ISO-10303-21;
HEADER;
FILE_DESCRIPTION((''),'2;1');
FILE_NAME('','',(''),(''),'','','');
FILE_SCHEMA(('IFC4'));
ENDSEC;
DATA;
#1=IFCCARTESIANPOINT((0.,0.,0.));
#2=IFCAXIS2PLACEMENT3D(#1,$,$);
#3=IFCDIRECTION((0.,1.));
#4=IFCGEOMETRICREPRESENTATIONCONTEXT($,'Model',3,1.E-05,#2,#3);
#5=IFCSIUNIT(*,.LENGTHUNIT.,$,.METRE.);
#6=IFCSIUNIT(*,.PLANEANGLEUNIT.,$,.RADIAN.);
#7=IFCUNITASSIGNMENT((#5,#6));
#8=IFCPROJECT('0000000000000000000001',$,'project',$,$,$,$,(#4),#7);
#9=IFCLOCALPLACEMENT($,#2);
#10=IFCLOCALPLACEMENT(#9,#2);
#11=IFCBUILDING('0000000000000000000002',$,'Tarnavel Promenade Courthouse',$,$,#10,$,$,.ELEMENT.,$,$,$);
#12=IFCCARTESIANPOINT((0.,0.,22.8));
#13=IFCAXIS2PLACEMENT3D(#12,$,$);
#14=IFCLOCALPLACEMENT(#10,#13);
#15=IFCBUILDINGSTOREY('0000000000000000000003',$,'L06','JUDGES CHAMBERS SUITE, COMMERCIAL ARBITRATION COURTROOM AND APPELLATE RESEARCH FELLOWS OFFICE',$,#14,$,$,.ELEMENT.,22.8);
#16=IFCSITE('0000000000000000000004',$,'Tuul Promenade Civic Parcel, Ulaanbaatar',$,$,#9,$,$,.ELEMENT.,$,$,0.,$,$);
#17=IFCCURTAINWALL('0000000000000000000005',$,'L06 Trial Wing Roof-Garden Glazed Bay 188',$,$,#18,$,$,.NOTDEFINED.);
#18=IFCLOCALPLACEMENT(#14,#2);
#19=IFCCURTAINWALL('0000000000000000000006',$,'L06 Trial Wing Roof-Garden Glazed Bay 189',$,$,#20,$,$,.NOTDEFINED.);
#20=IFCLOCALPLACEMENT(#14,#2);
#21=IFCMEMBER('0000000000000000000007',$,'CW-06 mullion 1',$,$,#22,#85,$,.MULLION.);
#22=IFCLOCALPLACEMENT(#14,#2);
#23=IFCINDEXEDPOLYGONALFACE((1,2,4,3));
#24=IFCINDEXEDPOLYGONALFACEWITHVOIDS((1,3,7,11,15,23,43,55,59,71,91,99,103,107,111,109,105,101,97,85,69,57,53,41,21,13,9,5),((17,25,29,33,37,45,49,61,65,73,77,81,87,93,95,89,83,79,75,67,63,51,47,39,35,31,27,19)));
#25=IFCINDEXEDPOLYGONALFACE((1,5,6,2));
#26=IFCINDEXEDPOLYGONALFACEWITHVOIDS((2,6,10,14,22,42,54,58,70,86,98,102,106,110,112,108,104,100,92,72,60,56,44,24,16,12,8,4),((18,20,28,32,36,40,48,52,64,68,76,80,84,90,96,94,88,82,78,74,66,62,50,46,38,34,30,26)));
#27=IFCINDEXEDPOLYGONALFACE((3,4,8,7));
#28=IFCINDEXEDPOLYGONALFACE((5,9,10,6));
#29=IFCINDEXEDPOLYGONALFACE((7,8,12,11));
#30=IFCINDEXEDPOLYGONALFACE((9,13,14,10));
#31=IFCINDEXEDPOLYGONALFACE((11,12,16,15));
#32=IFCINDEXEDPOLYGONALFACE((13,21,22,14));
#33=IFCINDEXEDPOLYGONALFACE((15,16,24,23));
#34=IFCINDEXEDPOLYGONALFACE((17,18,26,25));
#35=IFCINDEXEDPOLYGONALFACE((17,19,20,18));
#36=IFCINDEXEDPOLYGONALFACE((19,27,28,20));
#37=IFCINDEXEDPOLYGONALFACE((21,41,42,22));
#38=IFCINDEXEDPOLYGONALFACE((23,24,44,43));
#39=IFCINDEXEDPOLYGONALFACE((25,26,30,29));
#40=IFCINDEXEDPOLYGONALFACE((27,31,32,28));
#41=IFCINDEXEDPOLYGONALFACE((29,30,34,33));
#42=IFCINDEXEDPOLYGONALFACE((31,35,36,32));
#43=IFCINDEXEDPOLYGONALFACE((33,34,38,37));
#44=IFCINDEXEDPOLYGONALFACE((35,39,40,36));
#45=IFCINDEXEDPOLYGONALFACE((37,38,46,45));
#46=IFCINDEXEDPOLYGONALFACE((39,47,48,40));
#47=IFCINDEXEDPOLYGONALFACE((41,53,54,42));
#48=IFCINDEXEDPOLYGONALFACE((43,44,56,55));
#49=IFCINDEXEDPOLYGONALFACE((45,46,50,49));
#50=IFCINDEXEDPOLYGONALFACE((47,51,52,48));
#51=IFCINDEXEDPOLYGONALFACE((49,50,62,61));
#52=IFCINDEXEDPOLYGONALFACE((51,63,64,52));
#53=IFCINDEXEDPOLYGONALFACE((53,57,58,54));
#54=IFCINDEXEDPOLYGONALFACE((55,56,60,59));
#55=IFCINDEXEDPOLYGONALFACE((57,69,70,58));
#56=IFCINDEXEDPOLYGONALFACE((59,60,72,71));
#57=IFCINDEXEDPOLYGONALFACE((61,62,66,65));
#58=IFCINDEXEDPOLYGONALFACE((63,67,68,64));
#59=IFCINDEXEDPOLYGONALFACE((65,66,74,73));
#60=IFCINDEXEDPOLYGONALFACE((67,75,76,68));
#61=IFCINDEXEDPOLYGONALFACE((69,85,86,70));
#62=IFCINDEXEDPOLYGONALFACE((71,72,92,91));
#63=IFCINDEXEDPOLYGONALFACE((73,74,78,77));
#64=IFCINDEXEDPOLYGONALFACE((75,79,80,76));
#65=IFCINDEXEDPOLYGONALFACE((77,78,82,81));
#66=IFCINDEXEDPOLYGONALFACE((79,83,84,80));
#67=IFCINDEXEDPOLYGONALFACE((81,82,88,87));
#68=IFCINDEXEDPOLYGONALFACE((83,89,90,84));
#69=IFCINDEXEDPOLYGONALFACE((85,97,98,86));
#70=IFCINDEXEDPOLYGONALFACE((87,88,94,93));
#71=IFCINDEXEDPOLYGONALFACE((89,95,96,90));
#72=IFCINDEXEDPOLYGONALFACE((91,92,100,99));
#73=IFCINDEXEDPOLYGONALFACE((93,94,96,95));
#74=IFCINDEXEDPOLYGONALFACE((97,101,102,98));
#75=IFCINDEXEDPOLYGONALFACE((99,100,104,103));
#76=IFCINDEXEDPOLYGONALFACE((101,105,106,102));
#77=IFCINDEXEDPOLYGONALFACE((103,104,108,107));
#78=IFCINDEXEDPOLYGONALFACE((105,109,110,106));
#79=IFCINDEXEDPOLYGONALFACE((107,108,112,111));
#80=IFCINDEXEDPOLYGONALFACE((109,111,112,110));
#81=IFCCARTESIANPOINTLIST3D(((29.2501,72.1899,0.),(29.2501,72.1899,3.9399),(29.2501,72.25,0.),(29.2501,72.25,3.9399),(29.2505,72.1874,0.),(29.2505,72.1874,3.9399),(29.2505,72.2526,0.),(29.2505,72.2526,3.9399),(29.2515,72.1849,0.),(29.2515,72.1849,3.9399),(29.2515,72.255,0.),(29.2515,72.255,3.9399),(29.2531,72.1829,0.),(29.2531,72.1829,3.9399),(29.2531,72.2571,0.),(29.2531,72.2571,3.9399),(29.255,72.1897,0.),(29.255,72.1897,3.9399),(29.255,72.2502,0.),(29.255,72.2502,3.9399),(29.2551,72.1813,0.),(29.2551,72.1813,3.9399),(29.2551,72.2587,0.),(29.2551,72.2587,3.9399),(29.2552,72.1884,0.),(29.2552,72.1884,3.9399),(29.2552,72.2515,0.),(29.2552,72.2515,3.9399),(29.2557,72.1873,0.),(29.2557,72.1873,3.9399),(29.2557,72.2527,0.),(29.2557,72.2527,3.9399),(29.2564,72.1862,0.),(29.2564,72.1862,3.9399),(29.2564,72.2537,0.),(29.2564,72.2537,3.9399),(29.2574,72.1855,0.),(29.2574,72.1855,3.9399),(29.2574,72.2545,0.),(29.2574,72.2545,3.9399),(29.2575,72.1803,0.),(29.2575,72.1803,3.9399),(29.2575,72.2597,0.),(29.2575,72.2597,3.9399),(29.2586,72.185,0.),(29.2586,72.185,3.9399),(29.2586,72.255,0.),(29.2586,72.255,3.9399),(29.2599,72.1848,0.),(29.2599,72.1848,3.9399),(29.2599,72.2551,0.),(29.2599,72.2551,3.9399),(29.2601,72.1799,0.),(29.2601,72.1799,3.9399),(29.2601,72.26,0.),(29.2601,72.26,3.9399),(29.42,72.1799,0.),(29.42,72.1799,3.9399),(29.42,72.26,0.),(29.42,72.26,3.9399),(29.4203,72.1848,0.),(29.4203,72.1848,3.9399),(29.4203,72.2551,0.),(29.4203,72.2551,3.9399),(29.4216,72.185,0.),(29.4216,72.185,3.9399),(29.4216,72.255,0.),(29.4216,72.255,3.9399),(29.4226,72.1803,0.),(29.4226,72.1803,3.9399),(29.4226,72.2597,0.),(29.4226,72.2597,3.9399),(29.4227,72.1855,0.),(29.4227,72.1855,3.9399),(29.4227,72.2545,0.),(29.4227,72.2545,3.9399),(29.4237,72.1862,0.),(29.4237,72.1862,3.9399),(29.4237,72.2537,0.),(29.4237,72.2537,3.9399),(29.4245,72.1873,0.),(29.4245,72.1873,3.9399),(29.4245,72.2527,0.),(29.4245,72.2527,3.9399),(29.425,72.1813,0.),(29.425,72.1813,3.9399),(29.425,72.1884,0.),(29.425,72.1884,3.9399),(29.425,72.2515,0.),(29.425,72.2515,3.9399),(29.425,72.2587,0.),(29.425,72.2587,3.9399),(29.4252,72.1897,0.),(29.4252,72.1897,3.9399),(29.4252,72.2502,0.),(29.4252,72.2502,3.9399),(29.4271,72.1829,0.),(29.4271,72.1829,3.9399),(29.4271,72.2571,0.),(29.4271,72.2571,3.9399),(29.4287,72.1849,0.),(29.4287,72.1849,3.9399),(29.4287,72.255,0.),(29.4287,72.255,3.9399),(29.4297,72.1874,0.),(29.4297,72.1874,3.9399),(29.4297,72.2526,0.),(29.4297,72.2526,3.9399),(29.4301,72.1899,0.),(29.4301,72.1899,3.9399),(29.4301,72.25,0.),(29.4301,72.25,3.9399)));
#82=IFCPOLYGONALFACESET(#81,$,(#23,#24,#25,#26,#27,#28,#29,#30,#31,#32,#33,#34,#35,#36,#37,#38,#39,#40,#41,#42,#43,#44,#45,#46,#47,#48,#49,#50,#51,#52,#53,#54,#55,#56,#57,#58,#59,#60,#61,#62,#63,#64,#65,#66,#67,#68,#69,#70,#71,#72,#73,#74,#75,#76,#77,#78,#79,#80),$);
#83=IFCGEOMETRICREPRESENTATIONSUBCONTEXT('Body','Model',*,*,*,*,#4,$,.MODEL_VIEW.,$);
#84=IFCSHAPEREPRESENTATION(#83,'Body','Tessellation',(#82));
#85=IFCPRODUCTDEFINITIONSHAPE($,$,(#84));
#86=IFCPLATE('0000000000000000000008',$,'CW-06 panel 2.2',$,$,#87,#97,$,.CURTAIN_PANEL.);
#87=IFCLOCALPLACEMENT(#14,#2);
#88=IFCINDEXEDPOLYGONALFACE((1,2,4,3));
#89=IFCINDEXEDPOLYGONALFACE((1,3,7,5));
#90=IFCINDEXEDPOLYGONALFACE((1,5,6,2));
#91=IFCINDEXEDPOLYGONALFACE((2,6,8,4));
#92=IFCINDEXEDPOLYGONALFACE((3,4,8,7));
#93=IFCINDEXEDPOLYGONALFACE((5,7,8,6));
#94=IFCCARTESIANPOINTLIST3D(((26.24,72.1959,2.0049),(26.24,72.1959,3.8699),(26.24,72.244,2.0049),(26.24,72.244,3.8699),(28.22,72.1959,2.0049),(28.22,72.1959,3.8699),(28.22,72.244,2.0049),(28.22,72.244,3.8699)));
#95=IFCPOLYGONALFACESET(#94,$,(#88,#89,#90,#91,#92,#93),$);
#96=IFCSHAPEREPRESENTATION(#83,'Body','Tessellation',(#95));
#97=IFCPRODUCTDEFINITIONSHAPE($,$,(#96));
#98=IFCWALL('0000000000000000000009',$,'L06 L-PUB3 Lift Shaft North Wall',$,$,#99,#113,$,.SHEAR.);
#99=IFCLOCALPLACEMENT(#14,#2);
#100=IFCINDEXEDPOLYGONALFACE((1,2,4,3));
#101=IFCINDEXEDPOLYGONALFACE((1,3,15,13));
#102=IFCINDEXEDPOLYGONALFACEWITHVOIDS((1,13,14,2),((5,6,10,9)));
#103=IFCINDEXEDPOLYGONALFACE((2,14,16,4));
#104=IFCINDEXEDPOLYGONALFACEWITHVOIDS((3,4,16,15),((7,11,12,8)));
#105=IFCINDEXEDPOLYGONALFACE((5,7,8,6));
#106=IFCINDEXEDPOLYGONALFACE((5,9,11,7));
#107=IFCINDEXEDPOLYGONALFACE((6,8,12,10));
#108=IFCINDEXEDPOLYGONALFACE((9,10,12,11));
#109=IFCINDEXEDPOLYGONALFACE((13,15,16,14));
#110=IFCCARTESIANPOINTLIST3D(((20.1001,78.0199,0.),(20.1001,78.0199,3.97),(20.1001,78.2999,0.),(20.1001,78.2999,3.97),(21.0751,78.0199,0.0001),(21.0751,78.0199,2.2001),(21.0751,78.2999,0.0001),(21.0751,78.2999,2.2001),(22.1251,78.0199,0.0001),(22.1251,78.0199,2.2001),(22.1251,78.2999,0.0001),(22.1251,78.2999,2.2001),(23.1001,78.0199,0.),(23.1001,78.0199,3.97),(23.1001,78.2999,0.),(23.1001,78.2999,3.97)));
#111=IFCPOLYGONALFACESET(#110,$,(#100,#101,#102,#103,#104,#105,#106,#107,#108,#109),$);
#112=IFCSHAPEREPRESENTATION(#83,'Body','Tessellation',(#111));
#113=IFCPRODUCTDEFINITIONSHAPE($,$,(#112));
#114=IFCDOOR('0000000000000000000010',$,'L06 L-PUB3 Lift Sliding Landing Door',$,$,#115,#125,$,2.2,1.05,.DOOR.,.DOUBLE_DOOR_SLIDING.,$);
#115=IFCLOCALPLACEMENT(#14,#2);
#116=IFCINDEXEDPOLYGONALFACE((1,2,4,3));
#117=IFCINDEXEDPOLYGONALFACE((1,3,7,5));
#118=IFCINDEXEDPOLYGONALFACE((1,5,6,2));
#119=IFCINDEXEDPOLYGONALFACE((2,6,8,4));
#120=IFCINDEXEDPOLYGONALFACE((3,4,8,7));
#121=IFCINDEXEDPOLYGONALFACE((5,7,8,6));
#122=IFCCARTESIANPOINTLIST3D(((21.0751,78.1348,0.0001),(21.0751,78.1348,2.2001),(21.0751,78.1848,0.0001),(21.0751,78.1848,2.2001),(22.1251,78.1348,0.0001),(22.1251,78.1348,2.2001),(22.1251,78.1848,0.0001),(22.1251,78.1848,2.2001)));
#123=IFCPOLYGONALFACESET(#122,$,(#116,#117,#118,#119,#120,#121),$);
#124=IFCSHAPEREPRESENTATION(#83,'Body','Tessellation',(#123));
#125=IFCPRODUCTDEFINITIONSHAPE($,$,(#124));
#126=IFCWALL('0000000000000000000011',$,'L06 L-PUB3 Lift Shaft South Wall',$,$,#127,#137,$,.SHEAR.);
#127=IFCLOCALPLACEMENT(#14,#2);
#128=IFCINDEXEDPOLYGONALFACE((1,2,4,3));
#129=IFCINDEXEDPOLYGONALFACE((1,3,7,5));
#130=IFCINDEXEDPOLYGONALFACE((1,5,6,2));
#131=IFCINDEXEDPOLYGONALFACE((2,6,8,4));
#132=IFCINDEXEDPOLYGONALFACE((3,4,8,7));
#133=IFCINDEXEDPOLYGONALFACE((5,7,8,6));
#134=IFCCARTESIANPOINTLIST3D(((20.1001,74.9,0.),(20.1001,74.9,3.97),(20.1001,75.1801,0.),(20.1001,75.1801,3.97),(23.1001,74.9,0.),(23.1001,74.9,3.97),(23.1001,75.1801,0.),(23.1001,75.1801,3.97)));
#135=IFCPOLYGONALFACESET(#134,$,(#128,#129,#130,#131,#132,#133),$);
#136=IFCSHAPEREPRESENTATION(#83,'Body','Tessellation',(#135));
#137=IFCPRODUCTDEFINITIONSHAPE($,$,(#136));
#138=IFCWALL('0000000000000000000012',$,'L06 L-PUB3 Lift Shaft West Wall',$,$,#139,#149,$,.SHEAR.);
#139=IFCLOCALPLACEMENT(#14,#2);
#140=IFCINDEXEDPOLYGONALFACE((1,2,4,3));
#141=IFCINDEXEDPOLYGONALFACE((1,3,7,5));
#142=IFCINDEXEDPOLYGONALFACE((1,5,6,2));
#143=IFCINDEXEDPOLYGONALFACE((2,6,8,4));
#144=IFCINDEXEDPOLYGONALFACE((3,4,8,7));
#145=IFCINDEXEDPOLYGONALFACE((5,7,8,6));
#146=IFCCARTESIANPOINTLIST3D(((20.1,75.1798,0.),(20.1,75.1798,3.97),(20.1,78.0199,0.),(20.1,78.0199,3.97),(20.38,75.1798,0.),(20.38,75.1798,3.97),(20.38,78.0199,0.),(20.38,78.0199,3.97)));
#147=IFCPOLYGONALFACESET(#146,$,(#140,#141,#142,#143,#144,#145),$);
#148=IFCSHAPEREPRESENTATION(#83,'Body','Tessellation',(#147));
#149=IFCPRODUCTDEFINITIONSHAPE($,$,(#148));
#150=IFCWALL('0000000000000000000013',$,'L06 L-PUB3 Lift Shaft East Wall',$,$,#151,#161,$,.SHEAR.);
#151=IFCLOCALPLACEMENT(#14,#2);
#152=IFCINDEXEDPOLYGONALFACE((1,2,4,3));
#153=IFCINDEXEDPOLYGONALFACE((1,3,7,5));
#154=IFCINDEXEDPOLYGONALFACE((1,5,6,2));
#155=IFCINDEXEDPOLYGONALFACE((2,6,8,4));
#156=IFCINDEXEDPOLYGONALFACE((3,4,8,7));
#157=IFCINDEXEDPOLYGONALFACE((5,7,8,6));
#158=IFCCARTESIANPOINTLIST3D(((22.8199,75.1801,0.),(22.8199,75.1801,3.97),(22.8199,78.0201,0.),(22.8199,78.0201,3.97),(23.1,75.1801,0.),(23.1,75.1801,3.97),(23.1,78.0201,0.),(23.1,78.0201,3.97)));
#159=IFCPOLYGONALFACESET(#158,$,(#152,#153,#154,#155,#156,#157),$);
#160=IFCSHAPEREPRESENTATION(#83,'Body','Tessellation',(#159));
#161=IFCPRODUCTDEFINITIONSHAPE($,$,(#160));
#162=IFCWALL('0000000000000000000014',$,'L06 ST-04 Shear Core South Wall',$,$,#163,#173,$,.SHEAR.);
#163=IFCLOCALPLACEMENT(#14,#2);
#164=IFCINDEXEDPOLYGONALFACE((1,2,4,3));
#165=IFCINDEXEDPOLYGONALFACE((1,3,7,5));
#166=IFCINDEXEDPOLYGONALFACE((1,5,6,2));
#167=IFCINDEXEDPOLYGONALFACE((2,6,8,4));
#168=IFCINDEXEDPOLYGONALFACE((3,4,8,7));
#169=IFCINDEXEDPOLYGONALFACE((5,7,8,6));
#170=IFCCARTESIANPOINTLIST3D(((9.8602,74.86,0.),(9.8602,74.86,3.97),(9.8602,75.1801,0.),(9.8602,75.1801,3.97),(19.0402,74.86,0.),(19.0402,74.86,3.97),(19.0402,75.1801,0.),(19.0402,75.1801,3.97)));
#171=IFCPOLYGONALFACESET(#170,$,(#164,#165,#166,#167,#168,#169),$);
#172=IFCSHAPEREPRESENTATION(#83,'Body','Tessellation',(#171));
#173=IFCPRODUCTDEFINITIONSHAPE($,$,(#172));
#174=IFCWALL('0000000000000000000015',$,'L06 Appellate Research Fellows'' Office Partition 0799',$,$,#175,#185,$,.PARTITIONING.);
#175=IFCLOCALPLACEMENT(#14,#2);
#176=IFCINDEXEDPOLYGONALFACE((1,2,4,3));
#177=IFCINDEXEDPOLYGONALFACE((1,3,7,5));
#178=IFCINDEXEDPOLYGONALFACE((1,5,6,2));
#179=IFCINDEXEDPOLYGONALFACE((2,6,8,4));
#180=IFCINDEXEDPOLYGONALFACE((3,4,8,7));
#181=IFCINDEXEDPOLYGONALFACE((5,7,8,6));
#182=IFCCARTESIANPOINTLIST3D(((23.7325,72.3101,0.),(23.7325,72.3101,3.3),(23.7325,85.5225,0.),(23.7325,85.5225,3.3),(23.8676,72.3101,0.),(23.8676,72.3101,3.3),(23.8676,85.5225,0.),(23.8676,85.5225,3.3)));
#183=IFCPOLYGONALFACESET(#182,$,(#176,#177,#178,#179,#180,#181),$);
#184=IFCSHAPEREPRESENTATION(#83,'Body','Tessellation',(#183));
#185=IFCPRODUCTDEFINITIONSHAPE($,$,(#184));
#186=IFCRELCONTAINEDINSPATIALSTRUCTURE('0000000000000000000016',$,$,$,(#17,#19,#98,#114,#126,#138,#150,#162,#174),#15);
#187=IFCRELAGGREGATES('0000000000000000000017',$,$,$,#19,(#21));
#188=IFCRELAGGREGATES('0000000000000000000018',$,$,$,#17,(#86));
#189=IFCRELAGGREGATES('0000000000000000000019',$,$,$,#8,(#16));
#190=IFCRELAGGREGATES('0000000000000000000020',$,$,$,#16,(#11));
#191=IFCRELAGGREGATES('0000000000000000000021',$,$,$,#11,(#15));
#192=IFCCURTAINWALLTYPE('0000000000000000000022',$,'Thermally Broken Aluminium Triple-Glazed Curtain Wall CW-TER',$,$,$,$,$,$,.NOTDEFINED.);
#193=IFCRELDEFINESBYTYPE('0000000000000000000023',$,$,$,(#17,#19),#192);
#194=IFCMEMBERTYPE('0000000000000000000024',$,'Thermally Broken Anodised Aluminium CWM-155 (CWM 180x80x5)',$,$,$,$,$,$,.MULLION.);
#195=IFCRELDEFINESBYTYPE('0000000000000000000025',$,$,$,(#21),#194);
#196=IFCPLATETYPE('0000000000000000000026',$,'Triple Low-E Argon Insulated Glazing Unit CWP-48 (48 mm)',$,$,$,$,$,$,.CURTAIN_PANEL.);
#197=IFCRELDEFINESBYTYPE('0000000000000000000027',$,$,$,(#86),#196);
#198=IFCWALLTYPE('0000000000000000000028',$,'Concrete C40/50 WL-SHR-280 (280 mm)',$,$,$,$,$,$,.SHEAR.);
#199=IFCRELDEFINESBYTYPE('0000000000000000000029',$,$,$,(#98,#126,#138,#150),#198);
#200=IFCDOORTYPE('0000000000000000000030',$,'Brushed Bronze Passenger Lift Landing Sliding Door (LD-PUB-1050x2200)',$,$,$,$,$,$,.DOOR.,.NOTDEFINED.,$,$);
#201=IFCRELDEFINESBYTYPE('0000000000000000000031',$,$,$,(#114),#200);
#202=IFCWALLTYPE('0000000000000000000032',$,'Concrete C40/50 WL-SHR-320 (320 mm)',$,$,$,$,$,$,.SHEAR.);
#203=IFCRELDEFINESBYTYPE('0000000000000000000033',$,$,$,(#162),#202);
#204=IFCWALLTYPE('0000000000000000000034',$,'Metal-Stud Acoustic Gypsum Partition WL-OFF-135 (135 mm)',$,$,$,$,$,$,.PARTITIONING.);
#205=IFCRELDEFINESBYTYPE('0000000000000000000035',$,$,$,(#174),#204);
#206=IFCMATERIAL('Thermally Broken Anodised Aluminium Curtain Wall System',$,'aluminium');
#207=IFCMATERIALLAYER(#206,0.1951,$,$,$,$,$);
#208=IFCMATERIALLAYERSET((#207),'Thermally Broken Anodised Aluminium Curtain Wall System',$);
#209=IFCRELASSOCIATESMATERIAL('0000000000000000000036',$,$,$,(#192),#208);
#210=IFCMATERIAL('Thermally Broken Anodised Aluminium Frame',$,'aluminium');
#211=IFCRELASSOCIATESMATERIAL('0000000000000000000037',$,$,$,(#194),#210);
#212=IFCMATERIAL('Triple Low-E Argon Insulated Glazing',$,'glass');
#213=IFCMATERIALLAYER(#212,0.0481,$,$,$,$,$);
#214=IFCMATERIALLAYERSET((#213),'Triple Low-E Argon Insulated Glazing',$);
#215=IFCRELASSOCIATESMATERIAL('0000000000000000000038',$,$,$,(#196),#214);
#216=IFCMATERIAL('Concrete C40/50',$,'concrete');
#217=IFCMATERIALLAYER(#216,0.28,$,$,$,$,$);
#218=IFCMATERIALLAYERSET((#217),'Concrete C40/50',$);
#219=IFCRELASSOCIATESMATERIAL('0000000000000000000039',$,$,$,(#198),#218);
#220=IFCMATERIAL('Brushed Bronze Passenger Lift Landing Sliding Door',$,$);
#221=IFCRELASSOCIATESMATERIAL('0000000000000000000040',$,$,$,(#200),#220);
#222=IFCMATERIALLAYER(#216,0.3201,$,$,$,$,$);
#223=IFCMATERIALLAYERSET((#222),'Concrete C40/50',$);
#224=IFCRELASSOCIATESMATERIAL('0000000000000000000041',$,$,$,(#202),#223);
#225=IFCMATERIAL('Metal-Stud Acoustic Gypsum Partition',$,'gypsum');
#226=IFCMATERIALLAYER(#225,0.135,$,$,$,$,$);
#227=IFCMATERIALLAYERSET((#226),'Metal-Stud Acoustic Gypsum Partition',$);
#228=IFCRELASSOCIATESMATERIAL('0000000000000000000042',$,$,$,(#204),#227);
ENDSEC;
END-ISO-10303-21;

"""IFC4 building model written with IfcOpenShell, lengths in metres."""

from ifc_helpers import new_model, si_unit, direction, frame, frame_2d, origin, origin_2d, place, context, subcontext, project, spatial, rectangle, hollow_rectangle, extrude, material, layer, layer_set, material_profile, profile_set, type_object, element, fill, aggregate, save


model = new_model("IFC4")

# Units and contexts
model_context = context("Model", 3, precision=1e-05, world=origin(), true_north=direction((0.0, 1.0)))
body_context = subcontext(model_context, "Body", "Model", "MODEL_VIEW")
ifc_project = project(units=[si_unit("LENGTHUNIT", "METRE"), si_unit("PLANEANGLEUNIT", "RADIAN")], contexts=[model_context])

# Site, building, storey
site_placement = place(None, origin())
site = spatial("IfcSite", under=ifc_project, at=site_placement, Name="Tuul Promenade Civic Parcel, Ulaanbaatar", CompositionType="ELEMENT", RefElevation=0.0)
building_placement = place(site_placement, origin())
building = spatial("IfcBuilding", under=site, at=building_placement, Name="Tarnavel Promenade Courthouse", CompositionType="ELEMENT")
storey_placement = place(building_placement, frame((0.0, 0.0, 22.8)))
storey = spatial("IfcBuildingStorey", under=building, at=storey_placement, Name="L06", Description="JUDGES CHAMBERS SUITE, COMMERCIAL ARBITRATION COURTROOM AND APPELLATE RESEARCH FELLOWS OFFICE", CompositionType="ELEMENT", Elevation=22.8)

# Shared definitions
ifc_material_1 = material(Name="Concrete C40/50", Category="concrete")

# Curtain walls, member
ifc_material_2 = material(Name="Thermally Broken Anodised Aluminium Curtain Wall System", Category="aluminium")
ifc_layer_1 = layer(ifc_material_2, 0.1951)
ifc_layer_set_1 = layer_set([ifc_layer_1], Name="Thermally Broken Anodised Aluminium Curtain Wall System")
curtain_wall_type = type_object("IfcCurtainWallType", Name="Thermally Broken Aluminium Triple-Glazed Curtain Wall CW-TER", PredefinedType="NOTDEFINED", material=ifc_layer_set_1)
curtain_wall_1_placement = place(storey_placement, origin())
curtain_wall_1 = element("IfcCurtainWall", 1, at=curtain_wall_1_placement, inside=storey, type_object=curtain_wall_type, Name="L06 Trial Wing Roof-Garden Glazed Bay 188", PredefinedType="NOTDEFINED")
ifc_material_3 = material(Name="Thermally Broken Anodised Aluminium Frame", Category="aluminium")
ifc_material_profile_1 = material_profile(ifc_material_3, hollow_rectangle(XDim=0.0801, YDim=0.1799, WallThickness=0.0049, InnerFilletRadius=0.0049, OuterFilletRadius=0.01, at=origin_2d()), Name="CWM 180x80x5")
ifc_profile_set_1 = profile_set([ifc_material_profile_1], Name="Thermally Broken Anodised Aluminium Frame")
member_type_1 = type_object("IfcMemberType", Name="Thermally Broken Anodised Aluminium CWM-155 (CWM 180x80x5)", PredefinedType="MULLION", material=ifc_profile_set_1)
curtain_wall_2_placement = place(storey_placement, origin())
curtain_wall_2 = element("IfcCurtainWall", 2, at=curtain_wall_2_placement, inside=storey, type_object=curtain_wall_type, Name="L06 Trial Wing Roof-Garden Glazed Bay 189", PredefinedType="NOTDEFINED")
member_1_placement = place(storey_placement, frame((29.3401, 72.22, 0.0), z_axis=(0.0, 0.0, 1.0), x_axis=(0.0, 1.0, 0.0)))
member_1 = element("IfcMember", 3, at=member_1_placement, type_object=member_type_1, Name="CW-06 mullion 1", PredefinedType="MULLION", context=body_context, shape_type="SweptSolid", body=[
    extrude(hollow_rectangle(XDim=0.0801, YDim=0.1799, WallThickness=0.0049, InnerFilletRadius=0.0049, OuterFilletRadius=0.01, at=origin_2d()), origin(), (0.0, 0.0, 1.0), 3.9399),
])
aggregate(curtain_wall_2, [member_1])

# Plate
ifc_material_4 = material(Name="Triple Low-E Argon Insulated Glazing", Category="glass")
ifc_layer_2 = layer(ifc_material_4, 0.0481)
ifc_layer_set_2 = layer_set([ifc_layer_2], Name="Triple Low-E Argon Insulated Glazing")
plate_type = type_object("IfcPlateType", Name="Triple Low-E Argon Insulated Glazing Unit CWP-48 (48 mm)", PredefinedType="CURTAIN_PANEL", material=ifc_layer_set_2)
plate_placement = place(storey_placement, frame((27.23, 72.22, 2.0049), z_axis=(0.0, 0.0, 1.0), x_axis=(1.0, 0.0, 0.0)))
plate = element("IfcPlate", 4, at=plate_placement, type_object=plate_type, Name="CW-06 panel 2.2", PredefinedType="CURTAIN_PANEL", context=body_context, shape_type="SweptSolid", body=[
    extrude(rectangle(XDim=1.98, YDim=0.0481, at=origin_2d()), origin(), (0.0, 0.0, 1.0), 1.865),
])
aggregate(curtain_wall_1, [plate])

# Wall, opening, door
ifc_layer_3 = layer(ifc_material_1, 0.28)
ifc_layer_set_3 = layer_set([ifc_layer_3], Name="Concrete C40/50")
wall_type_1 = type_object("IfcWallType", Name="Concrete C40/50 WL-SHR-280 (280 mm)", PredefinedType="SHEAR", material=ifc_layer_set_3)
wall_1_placement = place(storey_placement, frame((20.1001, 78.1599, 0.0), z_axis=(0.0, 0.0, 1.0), x_axis=(1.0, 0.0, 0.0)))
wall_1 = element("IfcWall", 5, at=wall_1_placement, inside=storey, type_object=wall_type_1, Name="L06 L-PUB3 Lift Shaft North Wall", PredefinedType="SHEAR", context=body_context, shape_type="SweptSolid", body=[
    extrude(rectangle(XDim=3.0, YDim=0.28, at=frame_2d((1.5, 0.0))), origin(), (0.0, 0.0, 1.0), 3.97),
])
opening_placement = place(wall_1_placement, frame((0.9751, 0.0, 0.0)))
opening = element("IfcOpeningElement", 6, at=opening_placement, cuts=wall_1, PredefinedType="OPENING", context=body_context, shape_type="SweptSolid", body=[
    extrude(rectangle(XDim=1.05, YDim=2.2, at=frame_2d((0.5249, 1.1001))), frame((0.0, 0.1499, 0.0), z_axis=(0.0, -1.0, 0.0), x_axis=(1.0, 0.0, 0.0)), (0.0, 0.0, 1.0), 0.3),
])
ifc_material_5 = material(Name="Brushed Bronze Passenger Lift Landing Sliding Door")
door_type = type_object("IfcDoorType", Name="Brushed Bronze Passenger Lift Landing Sliding Door (LD-PUB-1050x2200)", OperationType="NOTDEFINED", PredefinedType="DOOR", material=ifc_material_5)
door_placement = place(opening_placement, origin())
door = element("IfcDoor", 7, at=door_placement, inside=storey, type_object=door_type, Name="L06 L-PUB3 Lift Sliding Landing Door", OperationType="DOUBLE_DOOR_SLIDING", OverallHeight=2.2, OverallWidth=1.05, PredefinedType="DOOR", context=body_context, shape_type="SweptSolid", body=[
    extrude(rectangle(XDim=1.05, YDim=2.2, at=frame_2d((0.5249, 1.1001))), frame((0.0, 0.0249, 0.0), z_axis=(0.0, -1.0, 0.0), x_axis=(1.0, 0.0, 0.0)), (0.0, 0.0, 1.0), 0.05),
])
fill(opening, door)

# Walls
wall_2_placement = place(storey_placement, frame((23.1001, 75.04, 0.0), z_axis=(0.0, 0.0, 1.0), x_axis=(-1.0, 0.0, 0.0)))
element("IfcWall", 8, at=wall_2_placement, inside=storey, type_object=wall_type_1, Name="L06 L-PUB3 Lift Shaft South Wall", PredefinedType="SHEAR", context=body_context, shape_type="SweptSolid", body=[
    extrude(rectangle(XDim=3.0, YDim=0.28, at=frame_2d((1.5, 0.0))), origin(), (0.0, 0.0, 1.0), 3.97),
])
for number, where, z_axis, x_axis, name in (
    (9, (20.24, 75.1799, 0.0), (0.0, 0.0, 1.0), (0.0, 1.0, 0.0), "L06 L-PUB3 Lift Shaft West Wall"),
    (10, (22.96, 78.02, 0.0), (0.0, 0.0, 1.0), (0.0, -1.0, 0.0), "L06 L-PUB3 Lift Shaft East Wall"),
):
    element("IfcWall", number, at=place(storey_placement, frame(where, z_axis=z_axis, x_axis=x_axis)), inside=storey, type_object=wall_type_1, Name=name, PredefinedType="SHEAR", context=body_context, shape_type="SweptSolid", body=[
        extrude(rectangle(XDim=2.8401, YDim=0.28, at=frame_2d((1.4199, 0.0))), origin(), (0.0, 0.0, 1.0), 3.97),
    ])
ifc_layer_4 = layer(ifc_material_1, 0.3201)
ifc_layer_set_4 = layer_set([ifc_layer_4], Name="Concrete C40/50")
wall_type_2 = type_object("IfcWallType", Name="Concrete C40/50 WL-SHR-320 (320 mm)", PredefinedType="SHEAR", material=ifc_layer_set_4)
wall_3_placement = place(storey_placement, frame((19.04, 75.02, 0.0), z_axis=(0.0, 0.0, 1.0), x_axis=(-1.0, 0.0, 0.0)))
element("IfcWall", 11, at=wall_3_placement, inside=storey, type_object=wall_type_2, Name="L06 ST-04 Shear Core South Wall", PredefinedType="SHEAR", context=body_context, shape_type="SweptSolid", body=[
    extrude(rectangle(XDim=9.1799, YDim=0.3201, at=frame_2d((4.5898, 0.0))), origin(), (0.0, 0.0, 1.0), 3.97),
])
ifc_material_6 = material(Name="Metal-Stud Acoustic Gypsum Partition", Category="gypsum")
ifc_layer_5 = layer(ifc_material_6, 0.135)
ifc_layer_set_5 = layer_set([ifc_layer_5], Name="Metal-Stud Acoustic Gypsum Partition")
wall_type_3 = type_object("IfcWallType", Name="Metal-Stud Acoustic Gypsum Partition WL-OFF-135 (135 mm)", PredefinedType="PARTITIONING", material=ifc_layer_set_5)
wall_4_placement = place(storey_placement, frame((23.8, 72.3101, 0.0), z_axis=(0.0, 0.0, 1.0), x_axis=(0.0, 1.0, 0.0)))
element("IfcWall", 12, at=wall_4_placement, inside=storey, type_object=wall_type_3, Name="L06 Appellate Research Fellows' Office Partition 0799", PredefinedType="PARTITIONING", context=body_context, shape_type="SweptSolid", body=[
    extrude(rectangle(XDim=13.2124, YDim=0.135, at=frame_2d((6.6062, 0.0))), origin(), (0.0, 0.0, 1.0), 3.3),
])

save(model, "model.ifc")
